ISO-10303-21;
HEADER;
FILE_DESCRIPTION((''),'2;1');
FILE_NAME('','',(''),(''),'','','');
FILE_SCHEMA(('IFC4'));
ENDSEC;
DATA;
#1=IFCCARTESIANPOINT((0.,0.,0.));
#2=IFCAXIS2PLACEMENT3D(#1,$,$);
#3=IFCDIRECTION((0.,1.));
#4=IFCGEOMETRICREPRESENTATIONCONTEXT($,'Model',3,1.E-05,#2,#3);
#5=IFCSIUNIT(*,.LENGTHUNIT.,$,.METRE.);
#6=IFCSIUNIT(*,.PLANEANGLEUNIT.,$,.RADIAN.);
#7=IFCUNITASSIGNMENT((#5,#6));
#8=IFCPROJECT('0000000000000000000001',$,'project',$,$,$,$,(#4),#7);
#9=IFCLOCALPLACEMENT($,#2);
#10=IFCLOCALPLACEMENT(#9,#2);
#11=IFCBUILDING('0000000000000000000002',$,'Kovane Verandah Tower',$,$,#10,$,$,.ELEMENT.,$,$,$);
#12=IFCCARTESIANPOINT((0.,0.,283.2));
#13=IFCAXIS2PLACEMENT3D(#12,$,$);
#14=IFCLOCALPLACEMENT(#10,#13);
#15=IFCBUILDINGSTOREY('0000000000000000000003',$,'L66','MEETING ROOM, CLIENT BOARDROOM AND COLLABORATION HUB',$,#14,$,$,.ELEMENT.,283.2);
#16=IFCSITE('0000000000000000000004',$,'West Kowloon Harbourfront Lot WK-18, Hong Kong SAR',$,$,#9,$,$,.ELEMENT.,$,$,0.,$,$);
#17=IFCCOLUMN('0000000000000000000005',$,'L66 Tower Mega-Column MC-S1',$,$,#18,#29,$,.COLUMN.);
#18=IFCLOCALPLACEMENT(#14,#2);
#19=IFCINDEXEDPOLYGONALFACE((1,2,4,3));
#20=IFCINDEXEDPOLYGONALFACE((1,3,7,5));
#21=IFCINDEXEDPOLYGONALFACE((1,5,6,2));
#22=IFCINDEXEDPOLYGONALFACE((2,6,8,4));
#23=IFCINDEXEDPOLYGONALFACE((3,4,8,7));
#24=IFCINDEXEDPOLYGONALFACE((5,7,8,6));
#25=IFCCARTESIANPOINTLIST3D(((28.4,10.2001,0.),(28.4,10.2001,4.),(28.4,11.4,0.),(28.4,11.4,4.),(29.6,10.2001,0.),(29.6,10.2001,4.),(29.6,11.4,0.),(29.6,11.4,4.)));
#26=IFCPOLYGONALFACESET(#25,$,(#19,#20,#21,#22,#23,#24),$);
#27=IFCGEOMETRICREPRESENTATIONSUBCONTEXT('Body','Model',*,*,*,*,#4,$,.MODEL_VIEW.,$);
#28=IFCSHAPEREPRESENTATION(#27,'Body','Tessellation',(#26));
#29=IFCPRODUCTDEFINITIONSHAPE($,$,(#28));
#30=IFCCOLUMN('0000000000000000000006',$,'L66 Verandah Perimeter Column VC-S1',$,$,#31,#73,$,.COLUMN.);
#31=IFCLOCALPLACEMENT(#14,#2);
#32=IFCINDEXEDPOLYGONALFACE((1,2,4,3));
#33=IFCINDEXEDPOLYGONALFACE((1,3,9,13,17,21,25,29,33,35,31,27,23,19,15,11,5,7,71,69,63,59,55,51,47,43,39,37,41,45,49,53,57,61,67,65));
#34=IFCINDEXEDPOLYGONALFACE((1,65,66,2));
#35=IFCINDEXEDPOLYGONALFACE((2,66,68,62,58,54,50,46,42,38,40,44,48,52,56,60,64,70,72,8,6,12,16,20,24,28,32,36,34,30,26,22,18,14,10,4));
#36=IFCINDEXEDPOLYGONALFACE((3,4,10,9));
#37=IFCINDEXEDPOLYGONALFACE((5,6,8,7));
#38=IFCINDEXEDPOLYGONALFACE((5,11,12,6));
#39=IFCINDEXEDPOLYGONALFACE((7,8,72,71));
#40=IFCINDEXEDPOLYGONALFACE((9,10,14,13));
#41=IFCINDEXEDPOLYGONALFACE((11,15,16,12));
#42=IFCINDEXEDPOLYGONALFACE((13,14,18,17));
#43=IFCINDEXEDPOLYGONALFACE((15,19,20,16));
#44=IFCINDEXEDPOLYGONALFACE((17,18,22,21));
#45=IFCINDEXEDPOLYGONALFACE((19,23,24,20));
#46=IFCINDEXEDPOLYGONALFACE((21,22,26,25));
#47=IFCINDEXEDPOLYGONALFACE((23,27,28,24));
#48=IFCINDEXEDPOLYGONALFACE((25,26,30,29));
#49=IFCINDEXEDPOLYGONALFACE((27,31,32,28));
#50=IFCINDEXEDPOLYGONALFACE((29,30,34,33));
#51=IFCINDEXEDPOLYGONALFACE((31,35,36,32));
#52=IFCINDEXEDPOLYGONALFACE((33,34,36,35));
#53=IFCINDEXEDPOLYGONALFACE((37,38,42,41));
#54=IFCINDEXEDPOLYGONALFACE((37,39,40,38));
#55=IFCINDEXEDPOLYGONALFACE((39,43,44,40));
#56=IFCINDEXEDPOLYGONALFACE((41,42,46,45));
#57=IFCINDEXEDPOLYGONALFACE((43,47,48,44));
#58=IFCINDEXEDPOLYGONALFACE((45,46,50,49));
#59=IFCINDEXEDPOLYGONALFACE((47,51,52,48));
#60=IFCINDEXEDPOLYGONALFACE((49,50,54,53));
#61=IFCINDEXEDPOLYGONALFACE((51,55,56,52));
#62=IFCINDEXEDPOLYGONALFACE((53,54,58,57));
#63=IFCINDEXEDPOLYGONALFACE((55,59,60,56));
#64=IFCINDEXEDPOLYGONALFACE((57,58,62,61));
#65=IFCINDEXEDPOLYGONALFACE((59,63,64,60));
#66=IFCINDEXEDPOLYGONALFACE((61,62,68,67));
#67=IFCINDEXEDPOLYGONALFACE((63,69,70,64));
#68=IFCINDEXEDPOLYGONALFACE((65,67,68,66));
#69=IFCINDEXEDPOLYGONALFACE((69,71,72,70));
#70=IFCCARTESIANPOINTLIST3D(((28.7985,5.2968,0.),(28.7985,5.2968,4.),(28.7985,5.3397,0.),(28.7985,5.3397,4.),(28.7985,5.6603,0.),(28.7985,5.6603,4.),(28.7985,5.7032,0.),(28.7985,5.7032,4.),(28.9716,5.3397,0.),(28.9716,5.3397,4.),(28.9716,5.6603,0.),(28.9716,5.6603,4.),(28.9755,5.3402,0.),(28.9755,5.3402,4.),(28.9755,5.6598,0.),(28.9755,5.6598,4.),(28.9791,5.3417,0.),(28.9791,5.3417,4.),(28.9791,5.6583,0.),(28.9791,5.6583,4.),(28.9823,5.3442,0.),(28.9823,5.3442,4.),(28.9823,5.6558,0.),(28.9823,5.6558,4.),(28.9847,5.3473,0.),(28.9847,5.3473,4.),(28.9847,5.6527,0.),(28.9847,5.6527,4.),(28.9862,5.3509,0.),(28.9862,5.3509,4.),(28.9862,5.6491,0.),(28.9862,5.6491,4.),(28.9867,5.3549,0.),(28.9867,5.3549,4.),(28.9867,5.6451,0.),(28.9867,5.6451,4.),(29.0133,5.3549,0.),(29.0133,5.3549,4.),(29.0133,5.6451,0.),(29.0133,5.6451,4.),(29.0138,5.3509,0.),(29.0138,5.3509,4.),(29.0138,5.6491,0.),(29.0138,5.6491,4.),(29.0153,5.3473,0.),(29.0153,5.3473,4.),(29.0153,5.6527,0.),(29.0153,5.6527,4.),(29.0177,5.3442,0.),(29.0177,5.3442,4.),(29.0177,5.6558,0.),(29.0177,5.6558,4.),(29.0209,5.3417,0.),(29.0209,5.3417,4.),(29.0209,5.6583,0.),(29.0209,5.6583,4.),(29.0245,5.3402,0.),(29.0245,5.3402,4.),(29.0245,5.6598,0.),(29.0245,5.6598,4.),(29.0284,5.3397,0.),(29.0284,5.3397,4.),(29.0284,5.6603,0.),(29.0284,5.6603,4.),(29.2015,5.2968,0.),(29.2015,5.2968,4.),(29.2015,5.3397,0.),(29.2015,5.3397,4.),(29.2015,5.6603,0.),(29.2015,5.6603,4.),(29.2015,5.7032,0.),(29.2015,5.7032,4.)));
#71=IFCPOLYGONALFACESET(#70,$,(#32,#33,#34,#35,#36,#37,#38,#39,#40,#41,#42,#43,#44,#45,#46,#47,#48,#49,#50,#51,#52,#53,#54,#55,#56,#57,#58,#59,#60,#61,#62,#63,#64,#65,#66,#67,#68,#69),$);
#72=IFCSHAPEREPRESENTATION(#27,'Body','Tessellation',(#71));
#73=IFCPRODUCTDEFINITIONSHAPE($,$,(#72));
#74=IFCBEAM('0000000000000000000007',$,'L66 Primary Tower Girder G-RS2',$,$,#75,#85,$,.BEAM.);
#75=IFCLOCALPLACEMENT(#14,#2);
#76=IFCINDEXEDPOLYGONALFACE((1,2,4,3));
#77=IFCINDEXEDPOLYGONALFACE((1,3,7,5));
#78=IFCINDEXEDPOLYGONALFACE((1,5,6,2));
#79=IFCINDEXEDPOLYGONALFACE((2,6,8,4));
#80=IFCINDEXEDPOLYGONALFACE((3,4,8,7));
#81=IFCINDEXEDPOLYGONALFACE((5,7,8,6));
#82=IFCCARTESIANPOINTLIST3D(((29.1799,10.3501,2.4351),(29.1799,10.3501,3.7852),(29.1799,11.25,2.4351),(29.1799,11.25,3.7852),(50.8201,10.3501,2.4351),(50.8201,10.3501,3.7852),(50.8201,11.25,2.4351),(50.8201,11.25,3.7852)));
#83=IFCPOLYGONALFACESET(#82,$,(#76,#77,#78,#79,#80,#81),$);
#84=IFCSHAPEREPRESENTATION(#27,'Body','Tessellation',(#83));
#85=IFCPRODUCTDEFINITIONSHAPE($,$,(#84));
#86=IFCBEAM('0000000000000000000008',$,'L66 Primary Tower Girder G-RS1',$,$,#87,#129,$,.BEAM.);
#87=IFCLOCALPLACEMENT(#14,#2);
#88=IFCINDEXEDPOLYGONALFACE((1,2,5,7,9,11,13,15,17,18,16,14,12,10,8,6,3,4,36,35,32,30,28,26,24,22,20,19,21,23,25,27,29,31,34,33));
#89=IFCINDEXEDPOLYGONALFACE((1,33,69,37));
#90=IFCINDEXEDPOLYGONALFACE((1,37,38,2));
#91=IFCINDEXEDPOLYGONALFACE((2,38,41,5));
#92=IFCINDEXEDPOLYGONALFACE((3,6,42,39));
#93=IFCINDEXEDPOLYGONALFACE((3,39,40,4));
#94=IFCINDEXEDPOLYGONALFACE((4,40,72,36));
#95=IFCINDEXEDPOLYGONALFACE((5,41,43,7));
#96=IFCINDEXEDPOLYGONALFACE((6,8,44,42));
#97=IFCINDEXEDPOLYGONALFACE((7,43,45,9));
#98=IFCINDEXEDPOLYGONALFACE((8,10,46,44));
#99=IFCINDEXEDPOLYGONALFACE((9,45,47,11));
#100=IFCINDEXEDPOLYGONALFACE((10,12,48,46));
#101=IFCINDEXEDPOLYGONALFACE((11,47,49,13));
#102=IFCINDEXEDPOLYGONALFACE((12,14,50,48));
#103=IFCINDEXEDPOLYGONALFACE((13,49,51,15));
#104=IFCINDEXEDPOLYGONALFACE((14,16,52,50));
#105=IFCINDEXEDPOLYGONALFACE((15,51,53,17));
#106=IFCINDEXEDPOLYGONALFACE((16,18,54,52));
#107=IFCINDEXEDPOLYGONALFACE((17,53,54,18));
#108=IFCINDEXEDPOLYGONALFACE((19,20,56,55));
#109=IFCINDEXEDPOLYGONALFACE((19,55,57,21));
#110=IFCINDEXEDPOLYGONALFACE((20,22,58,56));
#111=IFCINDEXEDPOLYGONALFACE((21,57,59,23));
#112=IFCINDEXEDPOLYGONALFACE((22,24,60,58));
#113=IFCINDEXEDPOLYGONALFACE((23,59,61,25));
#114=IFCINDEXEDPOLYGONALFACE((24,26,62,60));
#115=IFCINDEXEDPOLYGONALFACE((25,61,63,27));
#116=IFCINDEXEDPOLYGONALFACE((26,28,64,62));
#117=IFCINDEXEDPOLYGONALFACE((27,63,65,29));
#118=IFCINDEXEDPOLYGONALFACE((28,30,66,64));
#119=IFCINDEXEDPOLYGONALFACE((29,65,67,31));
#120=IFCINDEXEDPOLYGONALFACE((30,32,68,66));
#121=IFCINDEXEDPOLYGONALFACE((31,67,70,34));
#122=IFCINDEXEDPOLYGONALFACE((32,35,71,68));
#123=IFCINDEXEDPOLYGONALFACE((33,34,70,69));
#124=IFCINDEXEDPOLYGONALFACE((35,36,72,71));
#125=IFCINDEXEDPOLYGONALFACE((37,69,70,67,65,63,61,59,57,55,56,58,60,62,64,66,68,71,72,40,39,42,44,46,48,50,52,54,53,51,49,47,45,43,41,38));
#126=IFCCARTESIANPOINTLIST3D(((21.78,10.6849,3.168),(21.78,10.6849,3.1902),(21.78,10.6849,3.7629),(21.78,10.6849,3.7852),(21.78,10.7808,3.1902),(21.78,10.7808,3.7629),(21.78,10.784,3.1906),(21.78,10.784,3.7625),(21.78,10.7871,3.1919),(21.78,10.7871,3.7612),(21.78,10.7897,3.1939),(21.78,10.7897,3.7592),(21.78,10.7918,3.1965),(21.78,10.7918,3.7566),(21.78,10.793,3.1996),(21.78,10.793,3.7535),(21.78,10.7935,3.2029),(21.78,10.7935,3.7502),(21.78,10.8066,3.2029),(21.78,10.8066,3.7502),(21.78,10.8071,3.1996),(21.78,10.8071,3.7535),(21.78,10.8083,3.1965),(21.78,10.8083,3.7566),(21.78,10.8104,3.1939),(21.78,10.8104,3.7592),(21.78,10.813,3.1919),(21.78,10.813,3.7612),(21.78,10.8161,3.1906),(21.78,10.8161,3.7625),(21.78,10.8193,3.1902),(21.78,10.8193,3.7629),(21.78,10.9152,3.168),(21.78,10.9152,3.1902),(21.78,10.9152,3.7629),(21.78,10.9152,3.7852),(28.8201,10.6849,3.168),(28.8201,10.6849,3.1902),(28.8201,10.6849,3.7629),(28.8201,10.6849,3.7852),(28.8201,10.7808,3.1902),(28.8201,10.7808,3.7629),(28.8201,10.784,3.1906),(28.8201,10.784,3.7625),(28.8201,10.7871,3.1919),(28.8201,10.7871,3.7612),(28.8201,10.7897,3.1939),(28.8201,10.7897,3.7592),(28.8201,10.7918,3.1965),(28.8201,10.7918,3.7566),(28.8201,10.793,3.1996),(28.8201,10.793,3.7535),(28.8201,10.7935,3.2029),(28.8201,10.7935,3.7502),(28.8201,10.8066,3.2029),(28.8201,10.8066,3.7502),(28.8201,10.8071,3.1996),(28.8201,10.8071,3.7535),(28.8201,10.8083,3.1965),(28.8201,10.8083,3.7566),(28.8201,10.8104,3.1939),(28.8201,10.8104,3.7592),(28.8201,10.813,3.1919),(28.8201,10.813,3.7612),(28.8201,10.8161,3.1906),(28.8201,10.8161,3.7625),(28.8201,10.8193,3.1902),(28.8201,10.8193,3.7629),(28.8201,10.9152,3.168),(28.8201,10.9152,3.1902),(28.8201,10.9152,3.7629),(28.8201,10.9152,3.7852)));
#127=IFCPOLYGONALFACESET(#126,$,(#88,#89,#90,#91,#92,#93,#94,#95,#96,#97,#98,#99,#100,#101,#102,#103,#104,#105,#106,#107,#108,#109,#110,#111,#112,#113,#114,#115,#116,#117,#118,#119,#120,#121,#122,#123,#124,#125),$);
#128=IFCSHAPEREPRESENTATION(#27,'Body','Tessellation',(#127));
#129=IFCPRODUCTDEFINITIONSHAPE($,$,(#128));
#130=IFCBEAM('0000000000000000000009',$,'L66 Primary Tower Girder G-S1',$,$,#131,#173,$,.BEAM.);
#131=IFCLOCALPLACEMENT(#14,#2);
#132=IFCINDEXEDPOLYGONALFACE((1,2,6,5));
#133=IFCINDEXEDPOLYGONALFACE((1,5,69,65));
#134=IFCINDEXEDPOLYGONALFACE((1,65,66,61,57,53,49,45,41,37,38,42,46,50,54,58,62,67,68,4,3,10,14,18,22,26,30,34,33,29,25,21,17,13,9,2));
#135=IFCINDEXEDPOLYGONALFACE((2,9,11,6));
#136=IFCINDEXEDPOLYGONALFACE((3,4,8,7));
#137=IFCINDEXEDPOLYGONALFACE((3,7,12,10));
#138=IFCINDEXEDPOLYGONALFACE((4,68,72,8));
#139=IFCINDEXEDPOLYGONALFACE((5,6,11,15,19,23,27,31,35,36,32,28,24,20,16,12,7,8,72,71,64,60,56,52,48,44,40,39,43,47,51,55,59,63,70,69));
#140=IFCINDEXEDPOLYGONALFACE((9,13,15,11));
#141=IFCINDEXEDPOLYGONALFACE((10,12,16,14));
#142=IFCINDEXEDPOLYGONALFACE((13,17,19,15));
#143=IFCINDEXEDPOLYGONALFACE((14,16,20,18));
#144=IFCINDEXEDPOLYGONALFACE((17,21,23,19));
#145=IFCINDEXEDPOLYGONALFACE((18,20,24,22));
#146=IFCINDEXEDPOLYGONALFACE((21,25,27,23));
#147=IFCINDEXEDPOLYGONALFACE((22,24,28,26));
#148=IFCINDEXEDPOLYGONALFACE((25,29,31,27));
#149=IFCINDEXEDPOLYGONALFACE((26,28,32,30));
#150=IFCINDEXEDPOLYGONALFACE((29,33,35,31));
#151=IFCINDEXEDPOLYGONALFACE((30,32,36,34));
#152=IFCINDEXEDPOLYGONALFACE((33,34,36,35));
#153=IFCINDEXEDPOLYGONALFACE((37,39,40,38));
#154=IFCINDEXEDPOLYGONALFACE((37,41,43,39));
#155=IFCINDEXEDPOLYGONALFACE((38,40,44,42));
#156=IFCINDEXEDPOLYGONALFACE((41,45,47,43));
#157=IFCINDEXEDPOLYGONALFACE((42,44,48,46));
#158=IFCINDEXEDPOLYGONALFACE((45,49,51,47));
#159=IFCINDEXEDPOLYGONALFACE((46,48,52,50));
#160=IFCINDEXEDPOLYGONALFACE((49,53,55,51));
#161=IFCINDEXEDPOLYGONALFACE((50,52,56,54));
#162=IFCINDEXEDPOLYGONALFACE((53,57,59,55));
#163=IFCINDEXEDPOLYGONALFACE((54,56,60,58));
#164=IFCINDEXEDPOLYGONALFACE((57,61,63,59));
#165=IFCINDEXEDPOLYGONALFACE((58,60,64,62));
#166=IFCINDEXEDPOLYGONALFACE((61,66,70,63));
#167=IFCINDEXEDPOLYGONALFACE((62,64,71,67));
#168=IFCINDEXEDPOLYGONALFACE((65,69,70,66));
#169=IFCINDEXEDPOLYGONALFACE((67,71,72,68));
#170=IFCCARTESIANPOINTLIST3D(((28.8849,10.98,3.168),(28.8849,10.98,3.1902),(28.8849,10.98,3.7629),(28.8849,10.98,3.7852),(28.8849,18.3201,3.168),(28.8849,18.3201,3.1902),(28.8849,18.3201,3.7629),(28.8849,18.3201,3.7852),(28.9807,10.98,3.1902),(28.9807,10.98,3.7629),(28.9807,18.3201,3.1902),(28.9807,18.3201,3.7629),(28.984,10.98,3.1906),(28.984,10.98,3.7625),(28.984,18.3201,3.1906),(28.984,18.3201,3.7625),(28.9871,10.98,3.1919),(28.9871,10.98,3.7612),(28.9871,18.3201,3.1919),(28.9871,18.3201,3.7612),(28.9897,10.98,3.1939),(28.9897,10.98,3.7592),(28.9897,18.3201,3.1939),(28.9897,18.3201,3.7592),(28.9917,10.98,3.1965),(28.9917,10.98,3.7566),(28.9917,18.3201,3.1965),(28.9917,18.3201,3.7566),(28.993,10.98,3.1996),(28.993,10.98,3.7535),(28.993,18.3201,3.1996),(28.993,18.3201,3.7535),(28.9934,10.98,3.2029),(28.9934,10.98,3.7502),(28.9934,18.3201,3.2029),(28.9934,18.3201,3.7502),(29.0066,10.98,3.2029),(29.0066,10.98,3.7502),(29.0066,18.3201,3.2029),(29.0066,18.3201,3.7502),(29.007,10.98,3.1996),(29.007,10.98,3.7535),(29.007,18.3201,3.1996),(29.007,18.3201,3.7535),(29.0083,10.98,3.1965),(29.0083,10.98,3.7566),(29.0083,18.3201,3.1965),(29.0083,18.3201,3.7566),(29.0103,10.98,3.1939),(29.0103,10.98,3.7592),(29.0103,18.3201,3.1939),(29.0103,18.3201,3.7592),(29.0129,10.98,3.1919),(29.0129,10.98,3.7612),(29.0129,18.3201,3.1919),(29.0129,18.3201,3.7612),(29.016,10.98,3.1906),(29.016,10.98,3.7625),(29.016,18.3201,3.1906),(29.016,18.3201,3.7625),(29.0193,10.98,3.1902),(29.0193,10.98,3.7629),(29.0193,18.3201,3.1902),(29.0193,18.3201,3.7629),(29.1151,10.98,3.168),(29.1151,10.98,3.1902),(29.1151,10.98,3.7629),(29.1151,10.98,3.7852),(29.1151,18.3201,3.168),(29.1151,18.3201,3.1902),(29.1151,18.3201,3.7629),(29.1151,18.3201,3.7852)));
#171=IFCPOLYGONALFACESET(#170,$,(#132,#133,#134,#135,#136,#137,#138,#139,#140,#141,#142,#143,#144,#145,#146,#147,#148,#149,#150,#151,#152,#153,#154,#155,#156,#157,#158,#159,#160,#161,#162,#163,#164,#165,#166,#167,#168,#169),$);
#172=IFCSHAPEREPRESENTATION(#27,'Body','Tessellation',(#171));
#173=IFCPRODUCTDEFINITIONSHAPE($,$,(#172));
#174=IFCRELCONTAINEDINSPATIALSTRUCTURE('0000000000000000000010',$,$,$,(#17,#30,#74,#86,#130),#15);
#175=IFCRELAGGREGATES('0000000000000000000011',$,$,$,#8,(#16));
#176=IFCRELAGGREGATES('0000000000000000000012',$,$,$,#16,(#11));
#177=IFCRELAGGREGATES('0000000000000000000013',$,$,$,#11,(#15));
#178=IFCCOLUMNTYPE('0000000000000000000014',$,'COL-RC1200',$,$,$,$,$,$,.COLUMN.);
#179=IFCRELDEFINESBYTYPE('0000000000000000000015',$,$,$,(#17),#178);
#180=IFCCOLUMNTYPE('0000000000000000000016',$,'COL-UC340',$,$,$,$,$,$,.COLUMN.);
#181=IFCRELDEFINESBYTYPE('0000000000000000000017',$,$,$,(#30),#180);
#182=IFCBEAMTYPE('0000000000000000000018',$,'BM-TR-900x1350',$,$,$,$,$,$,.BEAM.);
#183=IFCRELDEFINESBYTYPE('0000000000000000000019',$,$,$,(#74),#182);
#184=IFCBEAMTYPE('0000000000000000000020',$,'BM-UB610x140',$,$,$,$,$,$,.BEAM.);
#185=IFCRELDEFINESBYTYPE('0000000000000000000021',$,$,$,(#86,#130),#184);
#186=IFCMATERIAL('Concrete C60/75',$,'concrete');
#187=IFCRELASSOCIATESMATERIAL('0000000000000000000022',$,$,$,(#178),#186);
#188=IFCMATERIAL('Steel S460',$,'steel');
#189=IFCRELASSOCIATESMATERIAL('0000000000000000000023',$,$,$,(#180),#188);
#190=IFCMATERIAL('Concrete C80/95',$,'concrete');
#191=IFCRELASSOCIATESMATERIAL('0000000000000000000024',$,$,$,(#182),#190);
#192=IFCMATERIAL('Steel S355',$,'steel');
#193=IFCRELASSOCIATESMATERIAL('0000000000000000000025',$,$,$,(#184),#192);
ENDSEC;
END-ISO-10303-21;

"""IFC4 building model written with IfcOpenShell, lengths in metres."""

from ifc_helpers import new_model, si_unit, direction, frame, origin, origin_2d, place, context, subcontext, project, spatial, rectangle, i_section, extrude, material, material_profile, profile_set, type_object, element, save


model = new_model("IFC4")

# Units and contexts
model_context = context("Model", 3, precision=1e-05, world=origin(), true_north=direction((0.0, 1.0)))
body_context = subcontext(model_context, "Body", "Model", "MODEL_VIEW")
ifc_project = project(units=[si_unit("LENGTHUNIT", "METRE"), si_unit("PLANEANGLEUNIT", "RADIAN")], contexts=[model_context])

# Site, building, storey
site_placement = place(None, origin())
site = spatial("IfcSite", under=ifc_project, at=site_placement, Name="West Kowloon Harbourfront Lot WK-18, Hong Kong SAR", CompositionType="ELEMENT", RefElevation=0.0)
building_placement = place(site_placement, origin())
building = spatial("IfcBuilding", under=site, at=building_placement, Name="Kovane Verandah Tower", CompositionType="ELEMENT")
storey_placement = place(building_placement, frame((0.0, 0.0, 283.2)))
storey = spatial("IfcBuildingStorey", under=building, at=storey_placement, Name="L66", Description="MEETING ROOM, CLIENT BOARDROOM AND COLLABORATION HUB", CompositionType="ELEMENT", Elevation=283.2)

# Columns
ifc_material_1 = material(Name="Concrete C60/75", Category="concrete")
ifc_material_profile_1 = material_profile(ifc_material_1, rectangle(XDim=1.2, YDim=1.2, at=origin_2d()), Name="RC1200x1200")
ifc_profile_set_1 = profile_set([ifc_material_profile_1], Name="Concrete C60/75")
column_type_1 = type_object("IfcColumnType", Name="COL-RC1200", PredefinedType="COLUMN", material=ifc_profile_set_1)
column_1_placement = place(storey_placement, frame((29.0, 10.8, 0.0), z_axis=(0.0, 0.0, 1.0), x_axis=(1.0, 0.0, 0.0)))
element("IfcColumn", 1, at=column_1_placement, inside=storey, type_object=column_type_1, Name="L66 Tower Mega-Column MC-S1", PredefinedType="COLUMN", context=body_context, shape_type="SweptSolid", body=[
    extrude(rectangle(XDim=1.2, YDim=1.2, at=origin_2d()), origin(), (0.0, 0.0, 1.0), 4.0),
])
ifc_material_2 = material(Name="Steel S460", Category="steel")
ifc_material_profile_2 = material_profile(ifc_material_2, i_section(OverallWidth=0.4031, OverallDepth=0.4065, WebThickness=0.0266, FlangeThickness=0.043, FilletRadius=0.0151, at=origin_2d()), Name="UC356x406x340")
ifc_profile_set_2 = profile_set([ifc_material_profile_2], Name="Steel S460")
column_type_2 = type_object("IfcColumnType", Name="COL-UC340", PredefinedType="COLUMN", material=ifc_profile_set_2)
column_2_placement = place(storey_placement, frame((29.0, 5.5, 0.0), z_axis=(0.0, 0.0, 1.0), x_axis=(1.0, 0.0, 0.0)))
element("IfcColumn", 2, at=column_2_placement, inside=storey, type_object=column_type_2, Name="L66 Verandah Perimeter Column VC-S1", PredefinedType="COLUMN", context=body_context, shape_type="SweptSolid", body=[
    extrude(i_section(OverallWidth=0.4031, OverallDepth=0.4065, WebThickness=0.0266, FlangeThickness=0.043, FilletRadius=0.0151, at=origin_2d()), origin(), (0.0, 0.0, 1.0), 4.0),
])

# Beams
ifc_material_3 = material(Name="Concrete C80/95", Category="concrete")
ifc_material_profile_3 = material_profile(ifc_material_3, rectangle(XDim=0.8999, YDim=1.3501, at=origin_2d()), Name="RCB900x1350")
ifc_profile_set_3 = profile_set([ifc_material_profile_3], Name="Concrete C80/95")
beam_type_1 = type_object("IfcBeamType", Name="BM-TR-900x1350", PredefinedType="BEAM", material=ifc_profile_set_3)
beam_1_placement = place(storey_placement, frame((29.1799, 10.8, 3.1101), z_axis=(1.0, 0.0, 0.0), x_axis=(0.0, 1.0, 0.0)))
element("IfcBeam", 3, at=beam_1_placement, inside=storey, type_object=beam_type_1, Name="L66 Primary Tower Girder G-RS2", PredefinedType="BEAM", context=body_context, shape_type="SweptSolid", body=[
    extrude(rectangle(XDim=0.8999, YDim=1.3501, at=origin_2d()), origin(), (0.0, 0.0, 1.0), 21.6401),
])
ifc_material_4 = material(Name="Steel S355", Category="steel")
ifc_material_profile_4 = material_profile(ifc_material_4, i_section(OverallWidth=0.2302, OverallDepth=0.6172, WebThickness=0.0132, FlangeThickness=0.0222, FilletRadius=0.0127, at=origin_2d()), Name="UB610x229x140")
ifc_profile_set_4 = profile_set([ifc_material_profile_4], Name="Steel S355")
beam_type_2 = type_object("IfcBeamType", Name="BM-UB610x140", PredefinedType="BEAM", material=ifc_profile_set_4)
beam_2_placement = place(storey_placement, frame((21.78, 10.8, 3.4766), z_axis=(1.0, 0.0, 0.0), x_axis=(0.0, 1.0, 0.0)))
element("IfcBeam", 4, at=beam_2_placement, inside=storey, type_object=beam_type_2, Name="L66 Primary Tower Girder G-RS1", PredefinedType="BEAM", context=body_context, shape_type="SweptSolid", body=[
    extrude(i_section(OverallWidth=0.2302, OverallDepth=0.6172, WebThickness=0.0132, FlangeThickness=0.0222, FilletRadius=0.0127, at=origin_2d()), origin(), (0.0, 0.0, 1.0), 7.04),
])
beam_3_placement = place(storey_placement, frame((29.0, 18.3201, 3.4766), z_axis=(0.0, -1.0, 0.0), x_axis=(1.0, 0.0, 0.0)))
element("IfcBeam", 5, at=beam_3_placement, inside=storey, type_object=beam_type_2, Name="L66 Primary Tower Girder G-S1", PredefinedType="BEAM", context=body_context, shape_type="SweptSolid", body=[
    extrude(i_section(OverallWidth=0.2302, OverallDepth=0.6172, WebThickness=0.0132, FlangeThickness=0.0222, FilletRadius=0.0127, at=origin_2d()), origin(), (0.0, 0.0, 1.0), 7.3401),
])

save(model, "model.ifc")
